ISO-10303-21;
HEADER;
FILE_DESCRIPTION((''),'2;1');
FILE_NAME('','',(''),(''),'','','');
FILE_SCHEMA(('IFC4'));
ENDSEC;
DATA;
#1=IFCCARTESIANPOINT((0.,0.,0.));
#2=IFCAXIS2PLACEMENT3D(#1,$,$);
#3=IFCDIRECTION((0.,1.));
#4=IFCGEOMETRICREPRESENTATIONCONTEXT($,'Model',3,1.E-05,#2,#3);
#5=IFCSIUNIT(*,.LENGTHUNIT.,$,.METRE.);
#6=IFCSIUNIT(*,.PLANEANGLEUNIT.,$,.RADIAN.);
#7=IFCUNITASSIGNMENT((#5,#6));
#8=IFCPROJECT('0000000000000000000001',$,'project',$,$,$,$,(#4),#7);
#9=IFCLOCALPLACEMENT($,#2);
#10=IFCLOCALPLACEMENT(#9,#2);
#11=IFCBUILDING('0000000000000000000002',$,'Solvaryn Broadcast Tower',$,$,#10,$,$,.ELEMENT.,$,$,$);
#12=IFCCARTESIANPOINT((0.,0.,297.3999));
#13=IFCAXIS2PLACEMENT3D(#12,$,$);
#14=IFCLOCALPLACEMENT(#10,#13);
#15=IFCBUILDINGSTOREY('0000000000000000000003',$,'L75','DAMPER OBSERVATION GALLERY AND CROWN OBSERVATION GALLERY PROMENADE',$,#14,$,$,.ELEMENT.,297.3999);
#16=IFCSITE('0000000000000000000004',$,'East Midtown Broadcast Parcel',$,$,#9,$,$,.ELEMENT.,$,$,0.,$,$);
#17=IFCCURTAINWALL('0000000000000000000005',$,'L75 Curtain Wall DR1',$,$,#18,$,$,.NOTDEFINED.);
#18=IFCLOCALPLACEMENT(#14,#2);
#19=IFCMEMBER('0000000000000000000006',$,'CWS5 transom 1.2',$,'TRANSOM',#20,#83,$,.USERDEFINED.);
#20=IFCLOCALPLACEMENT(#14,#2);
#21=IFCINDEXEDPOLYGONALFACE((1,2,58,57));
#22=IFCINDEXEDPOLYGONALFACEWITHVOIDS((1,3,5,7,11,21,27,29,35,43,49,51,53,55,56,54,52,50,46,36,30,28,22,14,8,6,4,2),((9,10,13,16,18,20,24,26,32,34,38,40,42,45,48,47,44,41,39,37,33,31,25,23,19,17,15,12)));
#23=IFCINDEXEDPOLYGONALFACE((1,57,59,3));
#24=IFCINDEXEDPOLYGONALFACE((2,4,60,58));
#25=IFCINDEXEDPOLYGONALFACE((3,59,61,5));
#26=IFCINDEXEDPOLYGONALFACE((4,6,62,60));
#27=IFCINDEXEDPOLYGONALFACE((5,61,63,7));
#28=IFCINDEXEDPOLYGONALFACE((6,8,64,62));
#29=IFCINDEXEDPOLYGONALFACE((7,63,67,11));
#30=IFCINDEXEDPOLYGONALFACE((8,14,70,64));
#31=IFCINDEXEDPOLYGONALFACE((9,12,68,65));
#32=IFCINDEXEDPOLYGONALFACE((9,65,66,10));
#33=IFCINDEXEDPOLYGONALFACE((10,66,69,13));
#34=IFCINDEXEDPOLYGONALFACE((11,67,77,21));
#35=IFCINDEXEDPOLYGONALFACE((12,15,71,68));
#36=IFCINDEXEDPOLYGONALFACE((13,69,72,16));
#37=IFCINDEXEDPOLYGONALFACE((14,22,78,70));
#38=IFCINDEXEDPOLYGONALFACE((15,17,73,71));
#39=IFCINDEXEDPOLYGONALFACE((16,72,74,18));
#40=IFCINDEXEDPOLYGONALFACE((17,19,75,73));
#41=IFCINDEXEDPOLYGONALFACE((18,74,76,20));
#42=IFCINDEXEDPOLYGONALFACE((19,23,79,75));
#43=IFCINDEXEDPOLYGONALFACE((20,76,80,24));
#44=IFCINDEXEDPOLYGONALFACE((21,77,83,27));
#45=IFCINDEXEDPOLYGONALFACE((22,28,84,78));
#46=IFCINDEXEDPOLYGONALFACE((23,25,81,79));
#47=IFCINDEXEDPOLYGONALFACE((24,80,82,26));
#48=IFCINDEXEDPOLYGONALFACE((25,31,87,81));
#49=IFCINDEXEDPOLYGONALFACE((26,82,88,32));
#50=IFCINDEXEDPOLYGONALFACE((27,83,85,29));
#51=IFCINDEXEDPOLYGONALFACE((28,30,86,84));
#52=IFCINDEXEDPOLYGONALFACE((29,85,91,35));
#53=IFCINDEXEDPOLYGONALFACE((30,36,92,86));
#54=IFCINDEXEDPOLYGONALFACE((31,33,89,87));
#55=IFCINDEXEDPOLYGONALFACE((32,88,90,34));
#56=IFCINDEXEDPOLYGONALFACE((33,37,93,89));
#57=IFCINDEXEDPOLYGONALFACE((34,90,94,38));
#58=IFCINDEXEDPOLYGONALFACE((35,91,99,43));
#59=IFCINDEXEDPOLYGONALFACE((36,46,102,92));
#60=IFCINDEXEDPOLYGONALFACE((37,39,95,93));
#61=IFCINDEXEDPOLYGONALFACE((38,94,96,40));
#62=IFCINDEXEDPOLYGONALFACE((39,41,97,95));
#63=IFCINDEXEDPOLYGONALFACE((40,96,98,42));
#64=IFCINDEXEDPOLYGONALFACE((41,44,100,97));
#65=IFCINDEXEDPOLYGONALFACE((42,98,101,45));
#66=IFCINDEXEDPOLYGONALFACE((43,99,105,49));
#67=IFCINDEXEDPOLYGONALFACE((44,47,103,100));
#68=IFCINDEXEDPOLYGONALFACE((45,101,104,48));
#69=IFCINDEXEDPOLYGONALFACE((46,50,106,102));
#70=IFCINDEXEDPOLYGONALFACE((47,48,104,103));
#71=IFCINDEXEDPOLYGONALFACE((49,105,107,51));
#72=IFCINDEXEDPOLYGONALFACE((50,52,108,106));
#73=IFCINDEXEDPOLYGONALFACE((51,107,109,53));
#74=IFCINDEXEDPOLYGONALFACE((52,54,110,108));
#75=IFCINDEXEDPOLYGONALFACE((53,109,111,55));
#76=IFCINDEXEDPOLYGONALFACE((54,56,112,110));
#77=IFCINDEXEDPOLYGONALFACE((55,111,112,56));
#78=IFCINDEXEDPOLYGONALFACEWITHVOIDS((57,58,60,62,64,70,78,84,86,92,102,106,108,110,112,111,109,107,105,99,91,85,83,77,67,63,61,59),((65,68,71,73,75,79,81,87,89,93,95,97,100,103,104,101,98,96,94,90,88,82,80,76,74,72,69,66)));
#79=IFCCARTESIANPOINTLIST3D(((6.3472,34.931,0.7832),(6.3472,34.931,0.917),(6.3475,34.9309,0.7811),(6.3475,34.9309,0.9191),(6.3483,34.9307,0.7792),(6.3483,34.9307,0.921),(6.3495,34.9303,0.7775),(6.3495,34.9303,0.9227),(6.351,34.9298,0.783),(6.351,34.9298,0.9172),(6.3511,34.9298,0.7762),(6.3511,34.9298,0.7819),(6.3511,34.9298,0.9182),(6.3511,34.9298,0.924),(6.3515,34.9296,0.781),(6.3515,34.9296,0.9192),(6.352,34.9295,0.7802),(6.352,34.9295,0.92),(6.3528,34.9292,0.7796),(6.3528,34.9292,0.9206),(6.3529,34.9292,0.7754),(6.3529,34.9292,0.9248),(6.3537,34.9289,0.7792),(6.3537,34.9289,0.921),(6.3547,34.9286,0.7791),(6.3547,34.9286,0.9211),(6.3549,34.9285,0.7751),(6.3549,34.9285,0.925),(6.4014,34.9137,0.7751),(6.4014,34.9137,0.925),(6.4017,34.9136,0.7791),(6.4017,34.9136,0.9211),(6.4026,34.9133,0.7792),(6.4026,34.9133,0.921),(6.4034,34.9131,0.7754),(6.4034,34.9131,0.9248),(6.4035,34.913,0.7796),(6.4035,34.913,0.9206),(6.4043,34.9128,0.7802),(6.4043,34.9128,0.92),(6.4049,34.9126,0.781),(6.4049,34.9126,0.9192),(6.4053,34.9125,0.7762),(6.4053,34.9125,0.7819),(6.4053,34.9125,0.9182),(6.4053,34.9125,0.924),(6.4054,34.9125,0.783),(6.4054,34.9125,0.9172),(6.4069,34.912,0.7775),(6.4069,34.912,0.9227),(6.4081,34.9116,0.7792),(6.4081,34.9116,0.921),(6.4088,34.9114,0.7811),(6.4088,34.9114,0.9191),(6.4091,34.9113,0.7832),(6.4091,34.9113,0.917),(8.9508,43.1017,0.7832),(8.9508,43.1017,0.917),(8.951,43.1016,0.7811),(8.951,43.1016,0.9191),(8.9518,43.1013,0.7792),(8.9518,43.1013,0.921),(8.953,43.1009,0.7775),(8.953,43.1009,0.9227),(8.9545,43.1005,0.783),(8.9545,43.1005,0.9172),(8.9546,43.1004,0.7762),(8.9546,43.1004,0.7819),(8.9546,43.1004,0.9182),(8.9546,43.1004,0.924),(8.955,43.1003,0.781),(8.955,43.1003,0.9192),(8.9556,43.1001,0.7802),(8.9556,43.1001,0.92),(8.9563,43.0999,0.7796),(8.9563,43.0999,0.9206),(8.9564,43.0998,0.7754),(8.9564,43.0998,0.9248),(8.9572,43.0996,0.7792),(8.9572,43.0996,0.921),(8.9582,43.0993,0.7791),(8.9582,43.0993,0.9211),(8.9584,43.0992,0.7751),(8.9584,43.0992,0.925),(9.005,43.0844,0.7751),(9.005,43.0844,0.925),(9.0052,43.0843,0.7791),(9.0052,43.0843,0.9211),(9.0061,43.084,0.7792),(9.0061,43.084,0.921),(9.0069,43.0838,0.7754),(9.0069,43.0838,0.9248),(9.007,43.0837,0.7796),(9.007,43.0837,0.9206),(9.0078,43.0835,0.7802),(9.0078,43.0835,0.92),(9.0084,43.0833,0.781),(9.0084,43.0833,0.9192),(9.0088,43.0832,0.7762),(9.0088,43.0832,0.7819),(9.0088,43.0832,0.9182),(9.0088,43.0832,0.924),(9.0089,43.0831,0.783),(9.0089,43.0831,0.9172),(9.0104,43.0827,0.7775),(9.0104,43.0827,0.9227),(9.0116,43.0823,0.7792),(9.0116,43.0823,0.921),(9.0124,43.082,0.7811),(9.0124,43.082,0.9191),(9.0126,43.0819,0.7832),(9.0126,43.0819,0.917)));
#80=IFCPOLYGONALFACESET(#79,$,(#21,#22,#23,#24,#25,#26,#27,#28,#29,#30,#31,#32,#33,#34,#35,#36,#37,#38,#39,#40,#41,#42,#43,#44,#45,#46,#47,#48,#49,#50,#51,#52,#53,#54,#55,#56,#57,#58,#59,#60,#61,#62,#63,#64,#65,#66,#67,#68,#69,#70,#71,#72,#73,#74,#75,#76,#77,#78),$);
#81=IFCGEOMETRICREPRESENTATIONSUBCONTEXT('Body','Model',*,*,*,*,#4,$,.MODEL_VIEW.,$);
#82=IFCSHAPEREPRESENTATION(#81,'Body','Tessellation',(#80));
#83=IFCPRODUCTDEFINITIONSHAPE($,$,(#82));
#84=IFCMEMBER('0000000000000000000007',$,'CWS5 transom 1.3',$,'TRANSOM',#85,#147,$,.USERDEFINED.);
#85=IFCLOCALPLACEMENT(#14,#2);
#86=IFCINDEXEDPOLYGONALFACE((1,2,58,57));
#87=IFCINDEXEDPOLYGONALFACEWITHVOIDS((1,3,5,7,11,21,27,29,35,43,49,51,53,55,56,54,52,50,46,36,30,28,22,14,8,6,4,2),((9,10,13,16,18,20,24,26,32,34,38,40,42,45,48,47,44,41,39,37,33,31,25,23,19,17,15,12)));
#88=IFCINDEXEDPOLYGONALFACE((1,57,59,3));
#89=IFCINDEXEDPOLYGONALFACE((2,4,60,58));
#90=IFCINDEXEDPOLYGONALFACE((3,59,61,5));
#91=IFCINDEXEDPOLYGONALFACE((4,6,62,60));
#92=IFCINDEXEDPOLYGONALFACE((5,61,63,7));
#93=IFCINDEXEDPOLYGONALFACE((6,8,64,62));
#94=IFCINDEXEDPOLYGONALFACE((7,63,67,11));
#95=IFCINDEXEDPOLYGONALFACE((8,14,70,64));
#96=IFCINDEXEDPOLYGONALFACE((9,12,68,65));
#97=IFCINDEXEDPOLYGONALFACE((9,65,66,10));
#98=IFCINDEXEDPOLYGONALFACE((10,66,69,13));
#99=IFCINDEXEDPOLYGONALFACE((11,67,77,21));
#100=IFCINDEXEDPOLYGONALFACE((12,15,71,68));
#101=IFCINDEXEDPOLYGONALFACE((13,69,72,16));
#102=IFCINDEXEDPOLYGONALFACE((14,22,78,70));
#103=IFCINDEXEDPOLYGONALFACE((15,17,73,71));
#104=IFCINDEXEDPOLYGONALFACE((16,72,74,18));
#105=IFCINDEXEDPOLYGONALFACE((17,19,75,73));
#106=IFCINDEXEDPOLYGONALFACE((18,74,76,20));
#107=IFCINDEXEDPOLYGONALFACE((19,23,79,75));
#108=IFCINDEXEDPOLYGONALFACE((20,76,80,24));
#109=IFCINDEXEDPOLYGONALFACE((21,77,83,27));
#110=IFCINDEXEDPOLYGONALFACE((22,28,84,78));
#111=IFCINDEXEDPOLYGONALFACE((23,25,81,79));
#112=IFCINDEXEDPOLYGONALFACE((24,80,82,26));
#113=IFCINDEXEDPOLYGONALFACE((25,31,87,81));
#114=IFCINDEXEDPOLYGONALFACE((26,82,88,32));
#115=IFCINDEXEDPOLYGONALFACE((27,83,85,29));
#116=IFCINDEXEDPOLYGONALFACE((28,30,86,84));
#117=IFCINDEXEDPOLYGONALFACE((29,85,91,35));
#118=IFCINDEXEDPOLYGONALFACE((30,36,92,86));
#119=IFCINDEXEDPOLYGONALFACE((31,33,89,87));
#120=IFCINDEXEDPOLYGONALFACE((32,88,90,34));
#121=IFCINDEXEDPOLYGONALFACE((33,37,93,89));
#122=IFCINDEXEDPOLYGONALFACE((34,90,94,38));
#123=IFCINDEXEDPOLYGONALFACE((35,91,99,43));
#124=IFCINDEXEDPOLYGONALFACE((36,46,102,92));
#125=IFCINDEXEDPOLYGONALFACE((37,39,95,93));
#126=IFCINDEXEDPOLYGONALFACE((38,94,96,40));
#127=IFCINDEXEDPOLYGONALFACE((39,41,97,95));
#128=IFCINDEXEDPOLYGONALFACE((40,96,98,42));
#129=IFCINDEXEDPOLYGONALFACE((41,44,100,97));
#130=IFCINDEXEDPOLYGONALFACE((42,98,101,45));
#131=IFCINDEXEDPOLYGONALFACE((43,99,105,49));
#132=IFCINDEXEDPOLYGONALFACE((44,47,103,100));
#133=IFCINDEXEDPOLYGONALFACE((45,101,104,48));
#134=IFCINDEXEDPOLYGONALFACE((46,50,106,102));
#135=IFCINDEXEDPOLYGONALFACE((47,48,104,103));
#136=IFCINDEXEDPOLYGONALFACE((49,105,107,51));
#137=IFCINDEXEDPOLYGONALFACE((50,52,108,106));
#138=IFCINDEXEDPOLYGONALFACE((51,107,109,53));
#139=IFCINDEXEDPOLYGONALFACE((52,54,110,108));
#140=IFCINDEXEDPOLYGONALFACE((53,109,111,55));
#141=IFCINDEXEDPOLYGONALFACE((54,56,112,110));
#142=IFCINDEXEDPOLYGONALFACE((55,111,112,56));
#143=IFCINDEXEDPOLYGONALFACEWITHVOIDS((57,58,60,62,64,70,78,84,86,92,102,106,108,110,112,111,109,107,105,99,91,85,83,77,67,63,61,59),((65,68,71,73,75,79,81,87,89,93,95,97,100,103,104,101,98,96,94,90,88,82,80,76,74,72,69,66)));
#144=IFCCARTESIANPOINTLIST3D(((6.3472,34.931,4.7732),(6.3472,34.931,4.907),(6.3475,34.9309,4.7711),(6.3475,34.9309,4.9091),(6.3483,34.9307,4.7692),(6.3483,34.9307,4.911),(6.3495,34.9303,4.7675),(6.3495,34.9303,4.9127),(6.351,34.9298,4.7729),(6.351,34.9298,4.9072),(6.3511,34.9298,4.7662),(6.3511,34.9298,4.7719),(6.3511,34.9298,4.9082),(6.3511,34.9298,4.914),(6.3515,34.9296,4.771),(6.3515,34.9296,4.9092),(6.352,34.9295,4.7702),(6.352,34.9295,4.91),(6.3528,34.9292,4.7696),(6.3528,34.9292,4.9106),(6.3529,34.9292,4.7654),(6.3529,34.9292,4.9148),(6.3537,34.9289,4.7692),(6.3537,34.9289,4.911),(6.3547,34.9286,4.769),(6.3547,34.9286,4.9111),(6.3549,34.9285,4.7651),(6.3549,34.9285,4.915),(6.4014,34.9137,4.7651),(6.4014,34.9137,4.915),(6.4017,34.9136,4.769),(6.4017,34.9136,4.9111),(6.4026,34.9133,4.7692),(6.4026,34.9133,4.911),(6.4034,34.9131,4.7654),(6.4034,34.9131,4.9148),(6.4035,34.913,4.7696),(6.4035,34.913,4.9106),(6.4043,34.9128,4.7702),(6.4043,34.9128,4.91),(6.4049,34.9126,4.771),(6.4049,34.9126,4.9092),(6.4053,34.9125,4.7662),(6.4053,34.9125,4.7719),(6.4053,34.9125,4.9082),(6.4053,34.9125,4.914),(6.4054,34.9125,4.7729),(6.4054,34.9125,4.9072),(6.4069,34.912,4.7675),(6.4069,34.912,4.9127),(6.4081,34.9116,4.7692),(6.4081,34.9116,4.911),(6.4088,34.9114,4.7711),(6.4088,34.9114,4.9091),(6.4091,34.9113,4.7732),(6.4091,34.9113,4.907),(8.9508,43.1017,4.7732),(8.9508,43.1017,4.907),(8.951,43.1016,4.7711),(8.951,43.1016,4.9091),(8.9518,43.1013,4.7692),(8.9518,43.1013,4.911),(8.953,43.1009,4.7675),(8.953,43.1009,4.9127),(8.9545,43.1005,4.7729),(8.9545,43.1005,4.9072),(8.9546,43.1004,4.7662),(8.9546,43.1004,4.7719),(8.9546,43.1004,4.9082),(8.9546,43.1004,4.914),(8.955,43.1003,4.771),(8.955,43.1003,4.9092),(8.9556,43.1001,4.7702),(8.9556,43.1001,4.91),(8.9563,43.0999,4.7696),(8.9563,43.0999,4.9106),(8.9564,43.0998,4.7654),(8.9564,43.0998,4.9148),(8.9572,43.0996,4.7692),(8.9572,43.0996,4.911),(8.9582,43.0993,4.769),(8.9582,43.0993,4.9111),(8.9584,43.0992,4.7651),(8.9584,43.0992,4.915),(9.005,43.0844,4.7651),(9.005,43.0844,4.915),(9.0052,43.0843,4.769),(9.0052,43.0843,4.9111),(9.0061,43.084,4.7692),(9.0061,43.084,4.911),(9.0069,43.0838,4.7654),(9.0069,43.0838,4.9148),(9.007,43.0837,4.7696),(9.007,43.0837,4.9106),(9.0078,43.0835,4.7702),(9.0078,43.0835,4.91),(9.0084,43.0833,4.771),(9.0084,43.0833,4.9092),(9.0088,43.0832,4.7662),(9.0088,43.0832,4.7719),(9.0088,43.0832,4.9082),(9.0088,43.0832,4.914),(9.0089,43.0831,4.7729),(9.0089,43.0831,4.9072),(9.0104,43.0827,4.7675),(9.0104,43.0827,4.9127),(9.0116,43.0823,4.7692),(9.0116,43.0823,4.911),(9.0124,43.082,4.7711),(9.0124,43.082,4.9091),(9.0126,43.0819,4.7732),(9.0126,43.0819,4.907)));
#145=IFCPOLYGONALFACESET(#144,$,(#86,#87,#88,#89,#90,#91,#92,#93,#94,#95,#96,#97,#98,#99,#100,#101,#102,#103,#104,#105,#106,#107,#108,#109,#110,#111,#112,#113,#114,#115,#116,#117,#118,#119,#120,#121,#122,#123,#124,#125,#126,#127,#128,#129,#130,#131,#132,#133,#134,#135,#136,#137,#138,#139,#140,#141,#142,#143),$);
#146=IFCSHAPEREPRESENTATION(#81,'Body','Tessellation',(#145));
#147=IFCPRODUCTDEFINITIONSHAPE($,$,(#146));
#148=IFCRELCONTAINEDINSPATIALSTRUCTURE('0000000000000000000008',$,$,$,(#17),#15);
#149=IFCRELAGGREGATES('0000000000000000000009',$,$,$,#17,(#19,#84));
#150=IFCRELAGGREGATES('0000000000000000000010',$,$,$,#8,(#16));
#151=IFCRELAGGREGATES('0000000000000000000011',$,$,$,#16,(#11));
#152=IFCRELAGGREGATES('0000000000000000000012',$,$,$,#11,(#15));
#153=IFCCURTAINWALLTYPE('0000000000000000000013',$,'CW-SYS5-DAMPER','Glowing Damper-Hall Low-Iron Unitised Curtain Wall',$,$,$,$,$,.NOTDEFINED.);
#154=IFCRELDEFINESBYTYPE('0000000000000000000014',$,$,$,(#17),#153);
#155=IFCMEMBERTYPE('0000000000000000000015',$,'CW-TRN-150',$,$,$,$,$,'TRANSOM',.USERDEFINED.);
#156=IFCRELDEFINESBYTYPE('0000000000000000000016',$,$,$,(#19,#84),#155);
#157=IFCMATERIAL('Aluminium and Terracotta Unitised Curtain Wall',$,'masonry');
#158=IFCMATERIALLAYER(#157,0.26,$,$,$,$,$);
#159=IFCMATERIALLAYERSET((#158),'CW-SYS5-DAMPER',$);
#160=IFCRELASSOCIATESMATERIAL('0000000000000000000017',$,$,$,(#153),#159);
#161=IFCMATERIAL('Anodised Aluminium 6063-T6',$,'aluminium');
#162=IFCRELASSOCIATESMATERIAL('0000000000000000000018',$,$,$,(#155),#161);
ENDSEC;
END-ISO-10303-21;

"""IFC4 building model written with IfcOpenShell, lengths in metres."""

from ifc_helpers import new_model, si_unit, direction, frame, origin, origin_2d, place, context, subcontext, project, spatial, hollow_rectangle, extrude, material, layer, layer_set, material_profile, profile_set, type_object, element, aggregate, save


model = new_model("IFC4")

# Units and contexts
model_context = context("Model", 3, precision=1e-05, world=origin(), true_north=direction((0.0, 1.0)))
body_context = subcontext(model_context, "Body", "Model", "MODEL_VIEW")
ifc_project = project(units=[si_unit("LENGTHUNIT", "METRE"), si_unit("PLANEANGLEUNIT", "RADIAN")], contexts=[model_context])

# Site, building, storey
site_placement = place(None, origin())
site = spatial("IfcSite", under=ifc_project, at=site_placement, Name="East Midtown Broadcast Parcel", CompositionType="ELEMENT", RefElevation=0.0)
building_placement = place(site_placement, origin())
building = spatial("IfcBuilding", under=site, at=building_placement, Name="Solvaryn Broadcast Tower", CompositionType="ELEMENT")
storey_placement = place(building_placement, frame((0.0, 0.0, 297.3999)))
storey = spatial("IfcBuildingStorey", under=building, at=storey_placement, Name="L75", Description="DAMPER OBSERVATION GALLERY AND CROWN OBSERVATION GALLERY PROMENADE", CompositionType="ELEMENT", Elevation=297.3999)

# Curtain wall
ifc_material_1 = material(Name="Aluminium and Terracotta Unitised Curtain Wall", Category="masonry")
ifc_layer_1 = layer(ifc_material_1, 0.26)
ifc_layer_set_1 = layer_set([ifc_layer_1], Name="CW-SYS5-DAMPER")
curtain_wall_type = type_object("IfcCurtainWallType", Name="CW-SYS5-DAMPER", Description="Glowing Damper-Hall Low-Iron Unitised Curtain Wall", PredefinedType="NOTDEFINED", material=ifc_layer_set_1)
curtain_wall_1_placement = place(storey_placement, origin())
curtain_wall_1 = element("IfcCurtainWall", 1, at=curtain_wall_1_placement, inside=storey, type_object=curtain_wall_type, Name="L75 Curtain Wall DR1", PredefinedType="NOTDEFINED")

# Members
ifc_material_2 = material(Name="Anodised Aluminium 6063-T6", Category="aluminium")
ifc_material_profile_1 = material_profile(ifc_material_2, hollow_rectangle(XDim=0.0649, YDim=0.1499, WallThickness=0.0039, InnerFilletRadius=0.0039, OuterFilletRadius=0.0081, at=origin_2d()))
ifc_profile_set_1 = profile_set([ifc_material_profile_1], Name="Anodised Aluminium 6063-T6")
member_type_1 = type_object("IfcMemberType", Name="CW-TRN-150", ElementType="TRANSOM", PredefinedType="USERDEFINED", material=ifc_profile_set_1)
member_1_placement = place(storey_placement, frame((8.9817, 43.0918, 0.8501), z_axis=(-0.303602, -0.952799, 0.0), x_axis=(0.952799, -0.303602, 0.0)))
member_1 = element("IfcMember", 2, at=member_1_placement, type_object=member_type_1, Name="CWS5 transom 1.2", ObjectType="TRANSOM", PredefinedType="USERDEFINED", context=body_context, shape_type="SweptSolid", body=[
    extrude(hollow_rectangle(XDim=0.0649, YDim=0.1499, WallThickness=0.0039, InnerFilletRadius=0.0039, OuterFilletRadius=0.0081, at=origin_2d()), origin(), (0.0, 0.0, 1.0), 8.5754),
])
member_2_placement = place(storey_placement, frame((8.9817, 43.0918, 4.8401), z_axis=(-0.303602, -0.952799, 0.0), x_axis=(0.952799, -0.303602, 0.0)))
member_2 = element("IfcMember", 3, at=member_2_placement, type_object=member_type_1, Name="CWS5 transom 1.3", ObjectType="TRANSOM", PredefinedType="USERDEFINED", context=body_context, shape_type="SweptSolid", body=[
    extrude(hollow_rectangle(XDim=0.0649, YDim=0.1499, WallThickness=0.0039, InnerFilletRadius=0.0039, OuterFilletRadius=0.0081, at=origin_2d()), origin(), (0.0, 0.0, 1.0), 8.5754),
])
aggregate(curtain_wall_1, [member_1, member_2])

save(model, "model.ifc")
